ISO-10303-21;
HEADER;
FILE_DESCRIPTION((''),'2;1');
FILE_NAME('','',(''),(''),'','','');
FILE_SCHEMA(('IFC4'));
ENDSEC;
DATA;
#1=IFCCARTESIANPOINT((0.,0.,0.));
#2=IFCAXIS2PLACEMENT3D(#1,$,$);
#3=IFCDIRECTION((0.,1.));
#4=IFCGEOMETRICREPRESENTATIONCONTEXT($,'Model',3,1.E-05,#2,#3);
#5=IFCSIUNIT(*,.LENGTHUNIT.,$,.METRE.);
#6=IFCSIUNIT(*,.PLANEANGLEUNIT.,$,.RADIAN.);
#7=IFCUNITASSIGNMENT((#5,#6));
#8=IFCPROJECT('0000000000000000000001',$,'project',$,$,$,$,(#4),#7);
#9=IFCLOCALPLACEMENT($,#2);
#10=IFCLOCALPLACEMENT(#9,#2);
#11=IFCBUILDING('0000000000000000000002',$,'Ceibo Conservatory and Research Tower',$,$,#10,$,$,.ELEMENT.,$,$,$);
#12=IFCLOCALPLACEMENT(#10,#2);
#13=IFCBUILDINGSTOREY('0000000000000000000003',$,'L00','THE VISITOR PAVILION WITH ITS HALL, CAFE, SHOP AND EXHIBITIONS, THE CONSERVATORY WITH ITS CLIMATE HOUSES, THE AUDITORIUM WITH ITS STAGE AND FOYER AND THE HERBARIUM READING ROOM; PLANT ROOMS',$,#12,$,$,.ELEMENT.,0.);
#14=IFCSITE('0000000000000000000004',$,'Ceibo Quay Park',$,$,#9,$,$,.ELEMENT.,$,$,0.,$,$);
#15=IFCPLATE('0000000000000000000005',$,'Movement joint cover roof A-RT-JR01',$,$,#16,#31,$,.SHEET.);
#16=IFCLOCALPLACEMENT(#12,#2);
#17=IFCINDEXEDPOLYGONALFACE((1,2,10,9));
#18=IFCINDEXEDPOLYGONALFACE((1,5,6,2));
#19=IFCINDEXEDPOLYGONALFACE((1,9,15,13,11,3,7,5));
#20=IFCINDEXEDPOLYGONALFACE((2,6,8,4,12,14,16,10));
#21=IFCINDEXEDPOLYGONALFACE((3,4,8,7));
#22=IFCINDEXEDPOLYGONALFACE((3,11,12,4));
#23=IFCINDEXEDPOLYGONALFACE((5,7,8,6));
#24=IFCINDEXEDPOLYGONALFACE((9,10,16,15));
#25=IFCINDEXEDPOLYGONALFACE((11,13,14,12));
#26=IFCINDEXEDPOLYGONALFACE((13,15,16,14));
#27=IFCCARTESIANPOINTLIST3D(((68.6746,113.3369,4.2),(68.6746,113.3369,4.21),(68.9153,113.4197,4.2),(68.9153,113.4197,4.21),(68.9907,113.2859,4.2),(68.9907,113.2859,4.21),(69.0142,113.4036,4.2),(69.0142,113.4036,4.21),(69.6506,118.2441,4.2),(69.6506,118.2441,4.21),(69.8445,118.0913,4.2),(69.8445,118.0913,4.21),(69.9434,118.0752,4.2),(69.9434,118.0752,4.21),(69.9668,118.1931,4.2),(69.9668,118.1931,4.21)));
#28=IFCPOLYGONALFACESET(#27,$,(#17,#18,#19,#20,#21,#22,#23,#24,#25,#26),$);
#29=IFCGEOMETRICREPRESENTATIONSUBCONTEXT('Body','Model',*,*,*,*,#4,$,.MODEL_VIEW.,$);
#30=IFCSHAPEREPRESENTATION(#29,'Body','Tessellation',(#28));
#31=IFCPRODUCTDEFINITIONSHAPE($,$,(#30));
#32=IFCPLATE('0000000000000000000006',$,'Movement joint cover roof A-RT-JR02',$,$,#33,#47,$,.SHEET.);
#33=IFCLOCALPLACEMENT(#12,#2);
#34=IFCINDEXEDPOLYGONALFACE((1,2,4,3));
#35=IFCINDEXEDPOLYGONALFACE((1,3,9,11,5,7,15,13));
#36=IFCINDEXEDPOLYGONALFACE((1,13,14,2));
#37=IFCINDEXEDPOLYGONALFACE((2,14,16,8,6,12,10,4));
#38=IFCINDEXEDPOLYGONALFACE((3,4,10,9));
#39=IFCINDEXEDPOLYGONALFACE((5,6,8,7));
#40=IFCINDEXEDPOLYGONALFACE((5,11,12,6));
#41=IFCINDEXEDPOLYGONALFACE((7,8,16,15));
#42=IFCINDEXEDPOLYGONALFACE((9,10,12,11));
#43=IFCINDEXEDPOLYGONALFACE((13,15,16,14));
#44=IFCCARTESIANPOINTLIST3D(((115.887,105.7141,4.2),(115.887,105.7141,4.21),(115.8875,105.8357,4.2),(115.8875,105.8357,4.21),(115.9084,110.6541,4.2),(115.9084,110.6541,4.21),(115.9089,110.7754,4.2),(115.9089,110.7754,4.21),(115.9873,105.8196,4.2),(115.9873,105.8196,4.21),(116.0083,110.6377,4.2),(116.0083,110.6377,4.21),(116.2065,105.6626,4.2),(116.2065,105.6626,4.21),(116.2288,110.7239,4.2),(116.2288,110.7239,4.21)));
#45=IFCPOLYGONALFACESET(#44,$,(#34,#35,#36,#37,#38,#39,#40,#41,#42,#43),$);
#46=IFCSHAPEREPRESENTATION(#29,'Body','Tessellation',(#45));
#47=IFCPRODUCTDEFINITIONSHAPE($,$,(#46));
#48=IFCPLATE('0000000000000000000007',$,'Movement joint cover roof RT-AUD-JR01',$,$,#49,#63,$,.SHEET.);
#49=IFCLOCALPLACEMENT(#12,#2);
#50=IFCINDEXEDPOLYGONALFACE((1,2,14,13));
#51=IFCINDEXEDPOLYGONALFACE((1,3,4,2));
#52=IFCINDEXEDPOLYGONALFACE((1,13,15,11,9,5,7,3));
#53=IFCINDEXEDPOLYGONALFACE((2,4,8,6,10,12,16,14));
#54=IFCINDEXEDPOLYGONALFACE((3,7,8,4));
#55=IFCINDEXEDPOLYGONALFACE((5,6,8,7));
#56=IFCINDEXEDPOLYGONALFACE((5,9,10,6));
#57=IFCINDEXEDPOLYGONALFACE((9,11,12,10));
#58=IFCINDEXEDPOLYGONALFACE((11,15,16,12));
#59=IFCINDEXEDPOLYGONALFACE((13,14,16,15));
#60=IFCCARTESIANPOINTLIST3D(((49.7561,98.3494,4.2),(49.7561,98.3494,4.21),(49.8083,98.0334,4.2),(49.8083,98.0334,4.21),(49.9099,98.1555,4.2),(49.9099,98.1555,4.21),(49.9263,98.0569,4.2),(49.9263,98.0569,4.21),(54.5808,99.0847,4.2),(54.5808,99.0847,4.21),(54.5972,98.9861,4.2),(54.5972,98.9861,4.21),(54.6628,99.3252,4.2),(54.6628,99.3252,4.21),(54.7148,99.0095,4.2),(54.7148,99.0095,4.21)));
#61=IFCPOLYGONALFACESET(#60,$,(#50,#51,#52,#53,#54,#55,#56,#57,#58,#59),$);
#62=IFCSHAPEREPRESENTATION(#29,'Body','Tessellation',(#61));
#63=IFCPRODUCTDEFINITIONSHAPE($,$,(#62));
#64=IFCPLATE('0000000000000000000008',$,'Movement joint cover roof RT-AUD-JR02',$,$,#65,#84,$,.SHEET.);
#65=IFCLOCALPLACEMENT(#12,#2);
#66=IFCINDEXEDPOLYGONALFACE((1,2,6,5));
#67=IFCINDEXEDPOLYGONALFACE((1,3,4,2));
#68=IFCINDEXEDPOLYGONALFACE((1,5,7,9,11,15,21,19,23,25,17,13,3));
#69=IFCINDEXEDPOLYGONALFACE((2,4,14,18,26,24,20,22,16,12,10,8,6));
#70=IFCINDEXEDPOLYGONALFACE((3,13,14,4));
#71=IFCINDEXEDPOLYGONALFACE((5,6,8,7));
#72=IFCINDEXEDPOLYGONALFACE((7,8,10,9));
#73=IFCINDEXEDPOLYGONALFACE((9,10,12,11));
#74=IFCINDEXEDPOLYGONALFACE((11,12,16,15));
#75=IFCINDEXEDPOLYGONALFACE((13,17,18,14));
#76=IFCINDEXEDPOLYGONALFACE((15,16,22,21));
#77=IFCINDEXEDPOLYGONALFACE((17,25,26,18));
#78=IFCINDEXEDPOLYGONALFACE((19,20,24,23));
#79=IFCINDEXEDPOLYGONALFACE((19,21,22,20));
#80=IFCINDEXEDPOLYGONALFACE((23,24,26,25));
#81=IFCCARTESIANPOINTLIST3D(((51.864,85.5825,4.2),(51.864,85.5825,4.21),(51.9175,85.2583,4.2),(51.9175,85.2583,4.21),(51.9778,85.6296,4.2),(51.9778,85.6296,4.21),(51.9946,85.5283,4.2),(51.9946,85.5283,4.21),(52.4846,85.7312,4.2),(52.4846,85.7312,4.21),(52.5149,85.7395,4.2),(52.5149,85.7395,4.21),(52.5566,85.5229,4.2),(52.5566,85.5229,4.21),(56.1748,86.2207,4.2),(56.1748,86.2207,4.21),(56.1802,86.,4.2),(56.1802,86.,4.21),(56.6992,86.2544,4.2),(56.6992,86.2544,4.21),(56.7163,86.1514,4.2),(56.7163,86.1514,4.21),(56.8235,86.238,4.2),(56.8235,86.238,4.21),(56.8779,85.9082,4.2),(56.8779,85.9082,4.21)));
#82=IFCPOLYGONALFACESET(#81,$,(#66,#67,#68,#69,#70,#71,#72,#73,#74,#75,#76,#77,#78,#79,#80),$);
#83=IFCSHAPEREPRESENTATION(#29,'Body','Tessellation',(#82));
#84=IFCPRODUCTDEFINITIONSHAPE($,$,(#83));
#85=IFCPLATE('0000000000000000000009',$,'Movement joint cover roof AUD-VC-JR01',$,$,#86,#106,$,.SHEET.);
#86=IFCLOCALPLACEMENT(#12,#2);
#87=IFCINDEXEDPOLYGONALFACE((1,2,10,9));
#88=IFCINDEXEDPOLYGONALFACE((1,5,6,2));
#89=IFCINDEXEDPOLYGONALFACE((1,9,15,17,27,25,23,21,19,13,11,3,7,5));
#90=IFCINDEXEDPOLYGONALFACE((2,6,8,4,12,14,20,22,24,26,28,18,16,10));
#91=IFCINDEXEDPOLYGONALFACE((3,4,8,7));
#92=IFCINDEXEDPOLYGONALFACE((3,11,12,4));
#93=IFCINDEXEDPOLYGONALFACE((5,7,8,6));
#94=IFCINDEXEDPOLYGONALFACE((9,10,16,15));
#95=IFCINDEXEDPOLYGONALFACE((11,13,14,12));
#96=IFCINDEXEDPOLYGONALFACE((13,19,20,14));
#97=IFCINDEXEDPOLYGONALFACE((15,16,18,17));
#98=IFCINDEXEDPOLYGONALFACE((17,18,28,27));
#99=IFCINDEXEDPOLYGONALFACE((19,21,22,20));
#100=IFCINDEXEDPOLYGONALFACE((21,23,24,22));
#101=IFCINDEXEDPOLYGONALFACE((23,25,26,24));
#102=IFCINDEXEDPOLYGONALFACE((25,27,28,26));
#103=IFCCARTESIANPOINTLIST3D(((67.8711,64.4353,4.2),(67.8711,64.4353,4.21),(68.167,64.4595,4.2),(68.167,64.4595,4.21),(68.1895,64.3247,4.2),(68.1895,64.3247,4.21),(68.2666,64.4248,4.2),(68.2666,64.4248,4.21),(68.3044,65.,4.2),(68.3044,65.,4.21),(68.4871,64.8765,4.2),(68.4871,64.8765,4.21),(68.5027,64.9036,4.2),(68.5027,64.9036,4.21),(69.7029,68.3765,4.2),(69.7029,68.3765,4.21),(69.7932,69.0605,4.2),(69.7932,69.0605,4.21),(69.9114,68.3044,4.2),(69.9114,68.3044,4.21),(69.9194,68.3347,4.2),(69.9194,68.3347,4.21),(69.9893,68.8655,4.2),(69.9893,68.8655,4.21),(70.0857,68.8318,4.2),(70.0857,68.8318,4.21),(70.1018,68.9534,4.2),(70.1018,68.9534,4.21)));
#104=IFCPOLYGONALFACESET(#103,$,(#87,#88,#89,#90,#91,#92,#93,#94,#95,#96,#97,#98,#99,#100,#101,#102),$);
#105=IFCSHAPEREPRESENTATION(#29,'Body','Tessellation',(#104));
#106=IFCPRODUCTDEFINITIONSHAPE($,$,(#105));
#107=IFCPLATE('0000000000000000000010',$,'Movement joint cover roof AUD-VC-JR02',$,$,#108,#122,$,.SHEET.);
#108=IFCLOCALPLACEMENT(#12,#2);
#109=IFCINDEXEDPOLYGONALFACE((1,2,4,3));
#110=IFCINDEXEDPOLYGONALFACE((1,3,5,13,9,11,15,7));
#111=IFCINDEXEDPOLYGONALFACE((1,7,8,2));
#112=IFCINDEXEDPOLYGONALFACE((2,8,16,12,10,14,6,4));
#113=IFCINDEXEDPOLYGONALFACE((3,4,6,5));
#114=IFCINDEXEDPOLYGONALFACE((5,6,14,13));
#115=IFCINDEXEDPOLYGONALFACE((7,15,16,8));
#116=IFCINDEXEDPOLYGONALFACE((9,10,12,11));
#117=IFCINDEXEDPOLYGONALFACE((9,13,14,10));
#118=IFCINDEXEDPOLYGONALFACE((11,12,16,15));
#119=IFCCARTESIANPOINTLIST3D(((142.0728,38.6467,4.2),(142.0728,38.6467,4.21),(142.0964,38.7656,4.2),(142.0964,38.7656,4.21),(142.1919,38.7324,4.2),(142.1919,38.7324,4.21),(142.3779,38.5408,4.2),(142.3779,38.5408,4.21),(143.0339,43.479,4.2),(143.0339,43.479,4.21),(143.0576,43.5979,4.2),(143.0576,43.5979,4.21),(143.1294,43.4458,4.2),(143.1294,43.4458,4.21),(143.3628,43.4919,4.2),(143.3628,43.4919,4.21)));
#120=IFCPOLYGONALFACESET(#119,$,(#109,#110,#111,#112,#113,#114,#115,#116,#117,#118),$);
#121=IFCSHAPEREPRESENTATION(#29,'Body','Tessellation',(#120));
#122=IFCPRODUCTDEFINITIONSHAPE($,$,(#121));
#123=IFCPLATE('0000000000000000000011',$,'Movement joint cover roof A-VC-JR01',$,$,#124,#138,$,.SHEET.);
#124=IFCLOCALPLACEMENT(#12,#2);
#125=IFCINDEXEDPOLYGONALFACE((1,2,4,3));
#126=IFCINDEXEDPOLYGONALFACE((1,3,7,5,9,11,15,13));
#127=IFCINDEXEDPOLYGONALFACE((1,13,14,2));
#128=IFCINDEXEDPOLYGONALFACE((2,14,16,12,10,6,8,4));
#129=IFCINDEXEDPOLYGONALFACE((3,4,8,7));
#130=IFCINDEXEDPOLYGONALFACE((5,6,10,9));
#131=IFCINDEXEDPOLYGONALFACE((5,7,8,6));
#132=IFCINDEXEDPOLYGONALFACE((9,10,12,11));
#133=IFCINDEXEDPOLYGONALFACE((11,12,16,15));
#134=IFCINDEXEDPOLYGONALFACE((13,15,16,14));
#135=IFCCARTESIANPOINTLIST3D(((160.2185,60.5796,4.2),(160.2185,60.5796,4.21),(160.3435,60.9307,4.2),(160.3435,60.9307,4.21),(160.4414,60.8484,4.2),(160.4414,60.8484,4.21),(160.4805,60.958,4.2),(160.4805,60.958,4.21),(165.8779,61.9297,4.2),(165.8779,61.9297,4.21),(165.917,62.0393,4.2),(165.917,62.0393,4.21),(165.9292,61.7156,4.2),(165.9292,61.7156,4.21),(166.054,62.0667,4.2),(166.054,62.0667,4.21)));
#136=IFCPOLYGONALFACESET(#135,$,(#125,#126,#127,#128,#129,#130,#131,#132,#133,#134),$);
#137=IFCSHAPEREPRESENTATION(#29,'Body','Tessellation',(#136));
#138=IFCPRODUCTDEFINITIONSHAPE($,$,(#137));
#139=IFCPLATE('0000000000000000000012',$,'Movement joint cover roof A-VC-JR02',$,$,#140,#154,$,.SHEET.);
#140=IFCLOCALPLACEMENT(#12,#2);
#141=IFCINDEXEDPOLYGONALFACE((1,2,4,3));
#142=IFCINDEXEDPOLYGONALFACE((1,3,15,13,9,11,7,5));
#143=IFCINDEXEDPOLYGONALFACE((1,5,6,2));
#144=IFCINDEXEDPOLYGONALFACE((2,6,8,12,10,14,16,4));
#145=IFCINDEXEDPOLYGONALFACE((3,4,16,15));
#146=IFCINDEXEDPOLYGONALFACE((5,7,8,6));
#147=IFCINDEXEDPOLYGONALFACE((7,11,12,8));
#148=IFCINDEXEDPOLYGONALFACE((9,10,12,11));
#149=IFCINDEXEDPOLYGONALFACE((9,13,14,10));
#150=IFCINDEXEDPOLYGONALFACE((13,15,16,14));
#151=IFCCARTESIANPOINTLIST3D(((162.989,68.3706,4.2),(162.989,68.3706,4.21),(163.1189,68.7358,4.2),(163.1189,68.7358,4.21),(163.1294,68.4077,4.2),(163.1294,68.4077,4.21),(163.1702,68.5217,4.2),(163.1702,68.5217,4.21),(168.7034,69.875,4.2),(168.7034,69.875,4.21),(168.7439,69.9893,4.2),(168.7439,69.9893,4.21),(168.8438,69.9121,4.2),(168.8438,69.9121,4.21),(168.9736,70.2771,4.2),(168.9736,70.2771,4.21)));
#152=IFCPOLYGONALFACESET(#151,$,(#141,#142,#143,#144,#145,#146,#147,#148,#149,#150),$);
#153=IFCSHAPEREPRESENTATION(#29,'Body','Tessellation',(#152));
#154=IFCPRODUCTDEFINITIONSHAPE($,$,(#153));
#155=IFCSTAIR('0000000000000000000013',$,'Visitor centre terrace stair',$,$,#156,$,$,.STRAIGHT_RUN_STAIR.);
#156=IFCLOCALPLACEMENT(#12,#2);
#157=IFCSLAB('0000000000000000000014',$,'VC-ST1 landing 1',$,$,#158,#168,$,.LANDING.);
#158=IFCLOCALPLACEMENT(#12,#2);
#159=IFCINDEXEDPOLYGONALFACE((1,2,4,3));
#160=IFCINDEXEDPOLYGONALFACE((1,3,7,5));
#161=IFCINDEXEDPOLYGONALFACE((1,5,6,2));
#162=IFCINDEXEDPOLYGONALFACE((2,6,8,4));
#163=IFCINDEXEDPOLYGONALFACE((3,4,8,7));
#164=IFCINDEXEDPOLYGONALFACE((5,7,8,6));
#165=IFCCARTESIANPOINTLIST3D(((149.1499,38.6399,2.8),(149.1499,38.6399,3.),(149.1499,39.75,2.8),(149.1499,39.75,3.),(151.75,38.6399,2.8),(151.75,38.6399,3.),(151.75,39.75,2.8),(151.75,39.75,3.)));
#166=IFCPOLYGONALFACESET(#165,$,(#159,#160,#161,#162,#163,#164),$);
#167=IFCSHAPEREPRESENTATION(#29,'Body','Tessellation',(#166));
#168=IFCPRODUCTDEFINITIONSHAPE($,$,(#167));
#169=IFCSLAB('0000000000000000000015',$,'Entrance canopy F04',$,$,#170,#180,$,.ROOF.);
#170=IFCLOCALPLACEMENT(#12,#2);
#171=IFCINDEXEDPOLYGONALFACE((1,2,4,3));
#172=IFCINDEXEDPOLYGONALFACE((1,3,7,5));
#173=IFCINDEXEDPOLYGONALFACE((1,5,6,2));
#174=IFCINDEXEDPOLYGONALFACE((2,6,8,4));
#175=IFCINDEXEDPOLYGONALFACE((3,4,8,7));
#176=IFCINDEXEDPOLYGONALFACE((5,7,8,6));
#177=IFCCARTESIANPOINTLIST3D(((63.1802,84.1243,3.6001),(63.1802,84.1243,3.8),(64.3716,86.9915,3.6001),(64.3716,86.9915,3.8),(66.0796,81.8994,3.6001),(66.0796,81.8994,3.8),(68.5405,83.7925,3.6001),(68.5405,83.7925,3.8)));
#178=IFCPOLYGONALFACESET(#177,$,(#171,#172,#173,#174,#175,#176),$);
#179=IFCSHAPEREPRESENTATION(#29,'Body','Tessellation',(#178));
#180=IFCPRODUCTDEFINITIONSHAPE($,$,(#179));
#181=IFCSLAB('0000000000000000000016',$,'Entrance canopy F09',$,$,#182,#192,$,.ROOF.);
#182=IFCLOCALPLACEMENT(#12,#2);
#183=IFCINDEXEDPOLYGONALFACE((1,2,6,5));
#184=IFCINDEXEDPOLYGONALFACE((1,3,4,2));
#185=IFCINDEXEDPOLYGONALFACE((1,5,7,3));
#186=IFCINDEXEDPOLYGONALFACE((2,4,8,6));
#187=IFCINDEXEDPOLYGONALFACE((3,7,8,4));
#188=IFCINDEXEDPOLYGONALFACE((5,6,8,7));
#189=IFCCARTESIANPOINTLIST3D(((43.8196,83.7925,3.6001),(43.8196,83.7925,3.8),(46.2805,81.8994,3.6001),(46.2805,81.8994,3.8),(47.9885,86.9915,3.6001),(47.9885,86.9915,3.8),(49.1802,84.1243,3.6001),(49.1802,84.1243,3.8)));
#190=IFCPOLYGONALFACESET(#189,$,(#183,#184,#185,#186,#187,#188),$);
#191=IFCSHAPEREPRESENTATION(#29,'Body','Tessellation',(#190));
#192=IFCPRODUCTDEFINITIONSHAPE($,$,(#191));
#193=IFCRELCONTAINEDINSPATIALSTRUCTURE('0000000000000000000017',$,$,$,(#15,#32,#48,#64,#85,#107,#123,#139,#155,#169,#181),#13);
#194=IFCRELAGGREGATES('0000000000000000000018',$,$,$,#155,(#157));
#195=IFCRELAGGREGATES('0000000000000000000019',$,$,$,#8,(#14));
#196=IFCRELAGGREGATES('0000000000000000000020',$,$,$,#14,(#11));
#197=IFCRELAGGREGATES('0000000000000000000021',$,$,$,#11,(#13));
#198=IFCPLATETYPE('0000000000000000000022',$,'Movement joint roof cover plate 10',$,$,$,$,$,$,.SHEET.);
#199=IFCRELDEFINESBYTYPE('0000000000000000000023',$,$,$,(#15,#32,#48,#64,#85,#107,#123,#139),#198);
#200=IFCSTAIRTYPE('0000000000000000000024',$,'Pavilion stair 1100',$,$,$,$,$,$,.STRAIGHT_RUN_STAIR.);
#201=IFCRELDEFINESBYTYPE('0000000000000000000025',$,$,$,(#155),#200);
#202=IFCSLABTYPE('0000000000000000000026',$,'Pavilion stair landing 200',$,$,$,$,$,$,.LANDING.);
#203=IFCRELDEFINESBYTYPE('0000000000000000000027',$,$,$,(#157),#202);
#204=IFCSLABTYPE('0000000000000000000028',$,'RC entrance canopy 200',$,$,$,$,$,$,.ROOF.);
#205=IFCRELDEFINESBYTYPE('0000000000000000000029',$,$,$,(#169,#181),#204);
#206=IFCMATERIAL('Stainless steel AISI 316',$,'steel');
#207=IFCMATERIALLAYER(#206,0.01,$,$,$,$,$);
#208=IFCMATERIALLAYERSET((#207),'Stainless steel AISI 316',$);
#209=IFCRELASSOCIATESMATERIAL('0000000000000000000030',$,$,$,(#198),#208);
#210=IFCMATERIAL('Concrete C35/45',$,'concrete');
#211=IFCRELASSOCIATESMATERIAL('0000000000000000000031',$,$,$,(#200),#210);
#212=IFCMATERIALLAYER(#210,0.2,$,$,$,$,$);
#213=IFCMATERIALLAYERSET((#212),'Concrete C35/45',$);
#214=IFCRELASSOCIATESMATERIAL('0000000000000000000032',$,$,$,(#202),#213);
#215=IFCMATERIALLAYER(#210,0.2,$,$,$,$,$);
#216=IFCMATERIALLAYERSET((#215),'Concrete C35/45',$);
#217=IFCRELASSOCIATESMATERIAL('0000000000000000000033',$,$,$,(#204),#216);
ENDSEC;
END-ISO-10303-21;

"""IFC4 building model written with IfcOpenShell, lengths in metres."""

from ifc_helpers import new_model, si_unit, direction, frame, origin, place, context, subcontext, project, spatial, polyline, outline, extrude, material, layer, layer_set, type_object, element, aggregate, save


model = new_model("IFC4")

# Units and contexts
model_context = context("Model", 3, precision=1e-05, world=origin(), true_north=direction((0.0, 1.0)))
body_context = subcontext(model_context, "Body", "Model", "MODEL_VIEW")
ifc_project = project(units=[si_unit("LENGTHUNIT", "METRE"), si_unit("PLANEANGLEUNIT", "RADIAN")], contexts=[model_context])

# Site, building, storey
site_placement = place(None, origin())
site = spatial("IfcSite", under=ifc_project, at=site_placement, Name="Ceibo Quay Park", CompositionType="ELEMENT", RefElevation=0.0)
building_placement = place(site_placement, origin())
building = spatial("IfcBuilding", under=site, at=building_placement, Name="Ceibo Conservatory and Research Tower", CompositionType="ELEMENT")
storey_placement = place(building_placement, origin())
storey = spatial("IfcBuildingStorey", under=building, at=storey_placement, Name="L00", Description="THE VISITOR PAVILION WITH ITS HALL, CAFE, SHOP AND EXHIBITIONS, THE CONSERVATORY WITH ITS CLIMATE HOUSES, THE AUDITORIUM WITH ITS STAGE AND FOYER AND THE HERBARIUM READING ROOM; PLANT ROOMS", CompositionType="ELEMENT", Elevation=0.0)

# Plates
ifc_material_1 = material(Name="Stainless steel AISI 316", Category="steel")
ifc_layer_1 = layer(ifc_material_1, 0.01)
ifc_layer_set_1 = layer_set([ifc_layer_1], Name="Stainless steel AISI 316")
plate_type = type_object("IfcPlateType", Name="Movement joint roof cover plate 10", PredefinedType="SHEET", material=ifc_layer_set_1)
plate_1_placement = place(storey_placement, frame((0.0, 0.0, 4.2)))
element("IfcPlate", 1, at=plate_1_placement, inside=storey, type_object=plate_type, Name="Movement joint cover roof A-RT-JR01", PredefinedType="SHEET", context=body_context, shape_type="SweptSolid", body=[
    extrude(outline(polyline([(69.6506, 118.2441), (69.9668, 118.1931), (69.9434, 118.0752), (69.8445, 118.0913), (68.9153, 113.4197), (69.0142, 113.4036), (68.9907, 113.2859), (68.6746, 113.3369), (69.6506, 118.2441)])), origin(), (0.0, 0.0, 1.0), 0.01),
])
plate_2_placement = place(storey_placement, frame((0.0, 0.0, 4.2)))
element("IfcPlate", 2, at=plate_2_placement, inside=storey, type_object=plate_type, Name="Movement joint cover roof A-RT-JR02", PredefinedType="SHEET", context=body_context, shape_type="SweptSolid", body=[
    extrude(outline(polyline([(115.8875, 105.8357), (115.9873, 105.8196), (116.0083, 110.6377), (115.9084, 110.6541), (115.9089, 110.7754), (116.2288, 110.7239), (116.2065, 105.6626), (115.887, 105.7141), (115.8875, 105.8357)])), origin(), (0.0, 0.0, 1.0), 0.01),
])
plate_3_placement = place(storey_placement, frame((0.0, 0.0, 4.2)))
element("IfcPlate", 3, at=plate_3_placement, inside=storey, type_object=plate_type, Name="Movement joint cover roof RT-AUD-JR01", PredefinedType="SHEET", context=body_context, shape_type="SweptSolid", body=[
    extrude(outline(polyline([(54.5972, 98.9861), (54.5808, 99.0847), (49.9099, 98.1555), (49.9263, 98.0569), (49.8083, 98.0334), (49.7561, 98.3494), (54.6628, 99.3252), (54.7148, 99.0095), (54.5972, 98.9861)])), origin(), (0.0, 0.0, 1.0), 0.01),
])
plate_4_placement = place(storey_placement, frame((0.0, 0.0, 4.2)))
element("IfcPlate", 4, at=plate_4_placement, inside=storey, type_object=plate_type, Name="Movement joint cover roof RT-AUD-JR02", PredefinedType="SHEET", context=body_context, shape_type="SweptSolid", body=[
    extrude(outline(polyline([(56.1802, 86.0), (52.5566, 85.5229), (51.9175, 85.2583), (51.864, 85.5825), (51.9778, 85.6296), (51.9946, 85.5283), (52.4846, 85.7312), (52.5149, 85.7395), (56.1748, 86.2207), (56.7163, 86.1514), (56.6992, 86.2544), (56.8235, 86.238), (56.8779, 85.9082), (56.1802, 86.0)])), origin(), (0.0, 0.0, 1.0), 0.01),
])
plate_5_placement = place(storey_placement, frame((0.0, 0.0, 4.2)))
element("IfcPlate", 5, at=plate_5_placement, inside=storey, type_object=plate_type, Name="Movement joint cover roof AUD-VC-JR01", PredefinedType="SHEET", context=body_context, shape_type="SweptSolid", body=[
    extrude(outline(polyline([(70.0857, 68.8318), (69.9893, 68.8655), (69.9194, 68.3347), (69.9114, 68.3044), (68.5027, 64.9036), (68.4871, 64.8765), (68.167, 64.4595), (68.2666, 64.4248), (68.1895, 64.3247), (67.8711, 64.4353), (68.3044, 65.0), (69.7029, 68.3765), (69.7932, 69.0605), (70.1018, 68.9534), (70.0857, 68.8318)])), origin(), (0.0, 0.0, 1.0), 0.01),
])
plate_6_placement = place(storey_placement, frame((0.0, 0.0, 4.2)))
element("IfcPlate", 6, at=plate_6_placement, inside=storey, type_object=plate_type, Name="Movement joint cover roof AUD-VC-JR02", PredefinedType="SHEET", context=body_context, shape_type="SweptSolid", body=[
    extrude(outline(polyline([(142.3779, 38.5408), (142.0728, 38.6467), (142.0964, 38.7656), (142.1919, 38.7324), (143.1294, 43.4458), (143.0339, 43.479), (143.0576, 43.5979), (143.3628, 43.4919), (142.3779, 38.5408)])), origin(), (0.0, 0.0, 1.0), 0.01),
])
plate_7_placement = place(storey_placement, frame((0.0, 0.0, 4.2)))
element("IfcPlate", 7, at=plate_7_placement, inside=storey, type_object=plate_type, Name="Movement joint cover roof A-VC-JR01", PredefinedType="SHEET", context=body_context, shape_type="SweptSolid", body=[
    extrude(outline(polyline([(160.2185, 60.5796), (160.3435, 60.9307), (160.4805, 60.958), (160.4414, 60.8484), (165.8779, 61.9297), (165.917, 62.0393), (166.054, 62.0667), (165.9292, 61.7156), (160.2185, 60.5796)])), origin(), (0.0, 0.0, 1.0), 0.01),
])
plate_8_placement = place(storey_placement, frame((0.0, 0.0, 4.2)))
element("IfcPlate", 8, at=plate_8_placement, inside=storey, type_object=plate_type, Name="Movement joint cover roof A-VC-JR02", PredefinedType="SHEET", context=body_context, shape_type="SweptSolid", body=[
    extrude(outline(polyline([(168.7034, 69.875), (168.7439, 69.9893), (163.1702, 68.5217), (163.1294, 68.4077), (162.989, 68.3706), (163.1189, 68.7358), (168.9736, 70.2771), (168.8438, 69.9121), (168.7034, 69.875)])), origin(), (0.0, 0.0, 1.0), 0.01),
])

# Stair, slab
ifc_material_2 = material(Name="Concrete C35/45", Category="concrete")
stair_type = type_object("IfcStairType", Name="Pavilion stair 1100", PredefinedType="STRAIGHT_RUN_STAIR", material=ifc_material_2)
stair_placement = place(storey_placement, origin())
stair = element("IfcStair", 9, at=stair_placement, inside=storey, type_object=stair_type, Name="Visitor centre terrace stair", PredefinedType="STRAIGHT_RUN_STAIR")
ifc_layer_2 = layer(ifc_material_2, 0.2)
ifc_layer_set_2 = layer_set([ifc_layer_2], Name="Concrete C35/45")
slab_type_1 = type_object("IfcSlabType", Name="Pavilion stair landing 200", PredefinedType="LANDING", material=ifc_layer_set_2)
slab_1_placement = place(storey_placement, frame((0.0, 0.0, 2.8)))
slab_1 = element("IfcSlab", 10, at=slab_1_placement, type_object=slab_type_1, Name="VC-ST1 landing 1", PredefinedType="LANDING", context=body_context, shape_type="SweptSolid", body=[
    extrude(outline(polyline([(149.1499, 38.6399), (151.75, 38.6399), (151.75, 39.75), (149.1499, 39.75), (149.1499, 38.6399)])), origin(), (0.0, 0.0, 1.0), 0.2),
])
aggregate(stair, [slab_1])

# Slabs
ifc_layer_3 = layer(ifc_material_2, 0.2)
ifc_layer_set_3 = layer_set([ifc_layer_3], Name="Concrete C35/45")
slab_type_2 = type_object("IfcSlabType", Name="RC entrance canopy 200", PredefinedType="ROOF", material=ifc_layer_set_3)
slab_2_placement = place(storey_placement, frame((0.0, 0.0, 3.6001)))
element("IfcSlab", 11, at=slab_2_placement, inside=storey, type_object=slab_type_2, Name="Entrance canopy F04", PredefinedType="ROOF", context=body_context, shape_type="SweptSolid", body=[
    extrude(outline(polyline([(66.0796, 81.8994), (63.1802, 84.1243), (64.3716, 86.9915), (68.5405, 83.7925), (66.0796, 81.8994)])), origin(), (0.0, 0.0, 1.0), 0.2),
])
slab_3_placement = place(storey_placement, frame((0.0, 0.0, 3.6001)))
element("IfcSlab", 12, at=slab_3_placement, inside=storey, type_object=slab_type_2, Name="Entrance canopy F09", PredefinedType="ROOF", context=body_context, shape_type="SweptSolid", body=[
    extrude(outline(polyline([(49.1802, 84.1243), (46.2805, 81.8994), (43.8196, 83.7925), (47.9885, 86.9915), (49.1802, 84.1243)])), origin(), (0.0, 0.0, 1.0), 0.2),
])

save(model, "model.ifc")
